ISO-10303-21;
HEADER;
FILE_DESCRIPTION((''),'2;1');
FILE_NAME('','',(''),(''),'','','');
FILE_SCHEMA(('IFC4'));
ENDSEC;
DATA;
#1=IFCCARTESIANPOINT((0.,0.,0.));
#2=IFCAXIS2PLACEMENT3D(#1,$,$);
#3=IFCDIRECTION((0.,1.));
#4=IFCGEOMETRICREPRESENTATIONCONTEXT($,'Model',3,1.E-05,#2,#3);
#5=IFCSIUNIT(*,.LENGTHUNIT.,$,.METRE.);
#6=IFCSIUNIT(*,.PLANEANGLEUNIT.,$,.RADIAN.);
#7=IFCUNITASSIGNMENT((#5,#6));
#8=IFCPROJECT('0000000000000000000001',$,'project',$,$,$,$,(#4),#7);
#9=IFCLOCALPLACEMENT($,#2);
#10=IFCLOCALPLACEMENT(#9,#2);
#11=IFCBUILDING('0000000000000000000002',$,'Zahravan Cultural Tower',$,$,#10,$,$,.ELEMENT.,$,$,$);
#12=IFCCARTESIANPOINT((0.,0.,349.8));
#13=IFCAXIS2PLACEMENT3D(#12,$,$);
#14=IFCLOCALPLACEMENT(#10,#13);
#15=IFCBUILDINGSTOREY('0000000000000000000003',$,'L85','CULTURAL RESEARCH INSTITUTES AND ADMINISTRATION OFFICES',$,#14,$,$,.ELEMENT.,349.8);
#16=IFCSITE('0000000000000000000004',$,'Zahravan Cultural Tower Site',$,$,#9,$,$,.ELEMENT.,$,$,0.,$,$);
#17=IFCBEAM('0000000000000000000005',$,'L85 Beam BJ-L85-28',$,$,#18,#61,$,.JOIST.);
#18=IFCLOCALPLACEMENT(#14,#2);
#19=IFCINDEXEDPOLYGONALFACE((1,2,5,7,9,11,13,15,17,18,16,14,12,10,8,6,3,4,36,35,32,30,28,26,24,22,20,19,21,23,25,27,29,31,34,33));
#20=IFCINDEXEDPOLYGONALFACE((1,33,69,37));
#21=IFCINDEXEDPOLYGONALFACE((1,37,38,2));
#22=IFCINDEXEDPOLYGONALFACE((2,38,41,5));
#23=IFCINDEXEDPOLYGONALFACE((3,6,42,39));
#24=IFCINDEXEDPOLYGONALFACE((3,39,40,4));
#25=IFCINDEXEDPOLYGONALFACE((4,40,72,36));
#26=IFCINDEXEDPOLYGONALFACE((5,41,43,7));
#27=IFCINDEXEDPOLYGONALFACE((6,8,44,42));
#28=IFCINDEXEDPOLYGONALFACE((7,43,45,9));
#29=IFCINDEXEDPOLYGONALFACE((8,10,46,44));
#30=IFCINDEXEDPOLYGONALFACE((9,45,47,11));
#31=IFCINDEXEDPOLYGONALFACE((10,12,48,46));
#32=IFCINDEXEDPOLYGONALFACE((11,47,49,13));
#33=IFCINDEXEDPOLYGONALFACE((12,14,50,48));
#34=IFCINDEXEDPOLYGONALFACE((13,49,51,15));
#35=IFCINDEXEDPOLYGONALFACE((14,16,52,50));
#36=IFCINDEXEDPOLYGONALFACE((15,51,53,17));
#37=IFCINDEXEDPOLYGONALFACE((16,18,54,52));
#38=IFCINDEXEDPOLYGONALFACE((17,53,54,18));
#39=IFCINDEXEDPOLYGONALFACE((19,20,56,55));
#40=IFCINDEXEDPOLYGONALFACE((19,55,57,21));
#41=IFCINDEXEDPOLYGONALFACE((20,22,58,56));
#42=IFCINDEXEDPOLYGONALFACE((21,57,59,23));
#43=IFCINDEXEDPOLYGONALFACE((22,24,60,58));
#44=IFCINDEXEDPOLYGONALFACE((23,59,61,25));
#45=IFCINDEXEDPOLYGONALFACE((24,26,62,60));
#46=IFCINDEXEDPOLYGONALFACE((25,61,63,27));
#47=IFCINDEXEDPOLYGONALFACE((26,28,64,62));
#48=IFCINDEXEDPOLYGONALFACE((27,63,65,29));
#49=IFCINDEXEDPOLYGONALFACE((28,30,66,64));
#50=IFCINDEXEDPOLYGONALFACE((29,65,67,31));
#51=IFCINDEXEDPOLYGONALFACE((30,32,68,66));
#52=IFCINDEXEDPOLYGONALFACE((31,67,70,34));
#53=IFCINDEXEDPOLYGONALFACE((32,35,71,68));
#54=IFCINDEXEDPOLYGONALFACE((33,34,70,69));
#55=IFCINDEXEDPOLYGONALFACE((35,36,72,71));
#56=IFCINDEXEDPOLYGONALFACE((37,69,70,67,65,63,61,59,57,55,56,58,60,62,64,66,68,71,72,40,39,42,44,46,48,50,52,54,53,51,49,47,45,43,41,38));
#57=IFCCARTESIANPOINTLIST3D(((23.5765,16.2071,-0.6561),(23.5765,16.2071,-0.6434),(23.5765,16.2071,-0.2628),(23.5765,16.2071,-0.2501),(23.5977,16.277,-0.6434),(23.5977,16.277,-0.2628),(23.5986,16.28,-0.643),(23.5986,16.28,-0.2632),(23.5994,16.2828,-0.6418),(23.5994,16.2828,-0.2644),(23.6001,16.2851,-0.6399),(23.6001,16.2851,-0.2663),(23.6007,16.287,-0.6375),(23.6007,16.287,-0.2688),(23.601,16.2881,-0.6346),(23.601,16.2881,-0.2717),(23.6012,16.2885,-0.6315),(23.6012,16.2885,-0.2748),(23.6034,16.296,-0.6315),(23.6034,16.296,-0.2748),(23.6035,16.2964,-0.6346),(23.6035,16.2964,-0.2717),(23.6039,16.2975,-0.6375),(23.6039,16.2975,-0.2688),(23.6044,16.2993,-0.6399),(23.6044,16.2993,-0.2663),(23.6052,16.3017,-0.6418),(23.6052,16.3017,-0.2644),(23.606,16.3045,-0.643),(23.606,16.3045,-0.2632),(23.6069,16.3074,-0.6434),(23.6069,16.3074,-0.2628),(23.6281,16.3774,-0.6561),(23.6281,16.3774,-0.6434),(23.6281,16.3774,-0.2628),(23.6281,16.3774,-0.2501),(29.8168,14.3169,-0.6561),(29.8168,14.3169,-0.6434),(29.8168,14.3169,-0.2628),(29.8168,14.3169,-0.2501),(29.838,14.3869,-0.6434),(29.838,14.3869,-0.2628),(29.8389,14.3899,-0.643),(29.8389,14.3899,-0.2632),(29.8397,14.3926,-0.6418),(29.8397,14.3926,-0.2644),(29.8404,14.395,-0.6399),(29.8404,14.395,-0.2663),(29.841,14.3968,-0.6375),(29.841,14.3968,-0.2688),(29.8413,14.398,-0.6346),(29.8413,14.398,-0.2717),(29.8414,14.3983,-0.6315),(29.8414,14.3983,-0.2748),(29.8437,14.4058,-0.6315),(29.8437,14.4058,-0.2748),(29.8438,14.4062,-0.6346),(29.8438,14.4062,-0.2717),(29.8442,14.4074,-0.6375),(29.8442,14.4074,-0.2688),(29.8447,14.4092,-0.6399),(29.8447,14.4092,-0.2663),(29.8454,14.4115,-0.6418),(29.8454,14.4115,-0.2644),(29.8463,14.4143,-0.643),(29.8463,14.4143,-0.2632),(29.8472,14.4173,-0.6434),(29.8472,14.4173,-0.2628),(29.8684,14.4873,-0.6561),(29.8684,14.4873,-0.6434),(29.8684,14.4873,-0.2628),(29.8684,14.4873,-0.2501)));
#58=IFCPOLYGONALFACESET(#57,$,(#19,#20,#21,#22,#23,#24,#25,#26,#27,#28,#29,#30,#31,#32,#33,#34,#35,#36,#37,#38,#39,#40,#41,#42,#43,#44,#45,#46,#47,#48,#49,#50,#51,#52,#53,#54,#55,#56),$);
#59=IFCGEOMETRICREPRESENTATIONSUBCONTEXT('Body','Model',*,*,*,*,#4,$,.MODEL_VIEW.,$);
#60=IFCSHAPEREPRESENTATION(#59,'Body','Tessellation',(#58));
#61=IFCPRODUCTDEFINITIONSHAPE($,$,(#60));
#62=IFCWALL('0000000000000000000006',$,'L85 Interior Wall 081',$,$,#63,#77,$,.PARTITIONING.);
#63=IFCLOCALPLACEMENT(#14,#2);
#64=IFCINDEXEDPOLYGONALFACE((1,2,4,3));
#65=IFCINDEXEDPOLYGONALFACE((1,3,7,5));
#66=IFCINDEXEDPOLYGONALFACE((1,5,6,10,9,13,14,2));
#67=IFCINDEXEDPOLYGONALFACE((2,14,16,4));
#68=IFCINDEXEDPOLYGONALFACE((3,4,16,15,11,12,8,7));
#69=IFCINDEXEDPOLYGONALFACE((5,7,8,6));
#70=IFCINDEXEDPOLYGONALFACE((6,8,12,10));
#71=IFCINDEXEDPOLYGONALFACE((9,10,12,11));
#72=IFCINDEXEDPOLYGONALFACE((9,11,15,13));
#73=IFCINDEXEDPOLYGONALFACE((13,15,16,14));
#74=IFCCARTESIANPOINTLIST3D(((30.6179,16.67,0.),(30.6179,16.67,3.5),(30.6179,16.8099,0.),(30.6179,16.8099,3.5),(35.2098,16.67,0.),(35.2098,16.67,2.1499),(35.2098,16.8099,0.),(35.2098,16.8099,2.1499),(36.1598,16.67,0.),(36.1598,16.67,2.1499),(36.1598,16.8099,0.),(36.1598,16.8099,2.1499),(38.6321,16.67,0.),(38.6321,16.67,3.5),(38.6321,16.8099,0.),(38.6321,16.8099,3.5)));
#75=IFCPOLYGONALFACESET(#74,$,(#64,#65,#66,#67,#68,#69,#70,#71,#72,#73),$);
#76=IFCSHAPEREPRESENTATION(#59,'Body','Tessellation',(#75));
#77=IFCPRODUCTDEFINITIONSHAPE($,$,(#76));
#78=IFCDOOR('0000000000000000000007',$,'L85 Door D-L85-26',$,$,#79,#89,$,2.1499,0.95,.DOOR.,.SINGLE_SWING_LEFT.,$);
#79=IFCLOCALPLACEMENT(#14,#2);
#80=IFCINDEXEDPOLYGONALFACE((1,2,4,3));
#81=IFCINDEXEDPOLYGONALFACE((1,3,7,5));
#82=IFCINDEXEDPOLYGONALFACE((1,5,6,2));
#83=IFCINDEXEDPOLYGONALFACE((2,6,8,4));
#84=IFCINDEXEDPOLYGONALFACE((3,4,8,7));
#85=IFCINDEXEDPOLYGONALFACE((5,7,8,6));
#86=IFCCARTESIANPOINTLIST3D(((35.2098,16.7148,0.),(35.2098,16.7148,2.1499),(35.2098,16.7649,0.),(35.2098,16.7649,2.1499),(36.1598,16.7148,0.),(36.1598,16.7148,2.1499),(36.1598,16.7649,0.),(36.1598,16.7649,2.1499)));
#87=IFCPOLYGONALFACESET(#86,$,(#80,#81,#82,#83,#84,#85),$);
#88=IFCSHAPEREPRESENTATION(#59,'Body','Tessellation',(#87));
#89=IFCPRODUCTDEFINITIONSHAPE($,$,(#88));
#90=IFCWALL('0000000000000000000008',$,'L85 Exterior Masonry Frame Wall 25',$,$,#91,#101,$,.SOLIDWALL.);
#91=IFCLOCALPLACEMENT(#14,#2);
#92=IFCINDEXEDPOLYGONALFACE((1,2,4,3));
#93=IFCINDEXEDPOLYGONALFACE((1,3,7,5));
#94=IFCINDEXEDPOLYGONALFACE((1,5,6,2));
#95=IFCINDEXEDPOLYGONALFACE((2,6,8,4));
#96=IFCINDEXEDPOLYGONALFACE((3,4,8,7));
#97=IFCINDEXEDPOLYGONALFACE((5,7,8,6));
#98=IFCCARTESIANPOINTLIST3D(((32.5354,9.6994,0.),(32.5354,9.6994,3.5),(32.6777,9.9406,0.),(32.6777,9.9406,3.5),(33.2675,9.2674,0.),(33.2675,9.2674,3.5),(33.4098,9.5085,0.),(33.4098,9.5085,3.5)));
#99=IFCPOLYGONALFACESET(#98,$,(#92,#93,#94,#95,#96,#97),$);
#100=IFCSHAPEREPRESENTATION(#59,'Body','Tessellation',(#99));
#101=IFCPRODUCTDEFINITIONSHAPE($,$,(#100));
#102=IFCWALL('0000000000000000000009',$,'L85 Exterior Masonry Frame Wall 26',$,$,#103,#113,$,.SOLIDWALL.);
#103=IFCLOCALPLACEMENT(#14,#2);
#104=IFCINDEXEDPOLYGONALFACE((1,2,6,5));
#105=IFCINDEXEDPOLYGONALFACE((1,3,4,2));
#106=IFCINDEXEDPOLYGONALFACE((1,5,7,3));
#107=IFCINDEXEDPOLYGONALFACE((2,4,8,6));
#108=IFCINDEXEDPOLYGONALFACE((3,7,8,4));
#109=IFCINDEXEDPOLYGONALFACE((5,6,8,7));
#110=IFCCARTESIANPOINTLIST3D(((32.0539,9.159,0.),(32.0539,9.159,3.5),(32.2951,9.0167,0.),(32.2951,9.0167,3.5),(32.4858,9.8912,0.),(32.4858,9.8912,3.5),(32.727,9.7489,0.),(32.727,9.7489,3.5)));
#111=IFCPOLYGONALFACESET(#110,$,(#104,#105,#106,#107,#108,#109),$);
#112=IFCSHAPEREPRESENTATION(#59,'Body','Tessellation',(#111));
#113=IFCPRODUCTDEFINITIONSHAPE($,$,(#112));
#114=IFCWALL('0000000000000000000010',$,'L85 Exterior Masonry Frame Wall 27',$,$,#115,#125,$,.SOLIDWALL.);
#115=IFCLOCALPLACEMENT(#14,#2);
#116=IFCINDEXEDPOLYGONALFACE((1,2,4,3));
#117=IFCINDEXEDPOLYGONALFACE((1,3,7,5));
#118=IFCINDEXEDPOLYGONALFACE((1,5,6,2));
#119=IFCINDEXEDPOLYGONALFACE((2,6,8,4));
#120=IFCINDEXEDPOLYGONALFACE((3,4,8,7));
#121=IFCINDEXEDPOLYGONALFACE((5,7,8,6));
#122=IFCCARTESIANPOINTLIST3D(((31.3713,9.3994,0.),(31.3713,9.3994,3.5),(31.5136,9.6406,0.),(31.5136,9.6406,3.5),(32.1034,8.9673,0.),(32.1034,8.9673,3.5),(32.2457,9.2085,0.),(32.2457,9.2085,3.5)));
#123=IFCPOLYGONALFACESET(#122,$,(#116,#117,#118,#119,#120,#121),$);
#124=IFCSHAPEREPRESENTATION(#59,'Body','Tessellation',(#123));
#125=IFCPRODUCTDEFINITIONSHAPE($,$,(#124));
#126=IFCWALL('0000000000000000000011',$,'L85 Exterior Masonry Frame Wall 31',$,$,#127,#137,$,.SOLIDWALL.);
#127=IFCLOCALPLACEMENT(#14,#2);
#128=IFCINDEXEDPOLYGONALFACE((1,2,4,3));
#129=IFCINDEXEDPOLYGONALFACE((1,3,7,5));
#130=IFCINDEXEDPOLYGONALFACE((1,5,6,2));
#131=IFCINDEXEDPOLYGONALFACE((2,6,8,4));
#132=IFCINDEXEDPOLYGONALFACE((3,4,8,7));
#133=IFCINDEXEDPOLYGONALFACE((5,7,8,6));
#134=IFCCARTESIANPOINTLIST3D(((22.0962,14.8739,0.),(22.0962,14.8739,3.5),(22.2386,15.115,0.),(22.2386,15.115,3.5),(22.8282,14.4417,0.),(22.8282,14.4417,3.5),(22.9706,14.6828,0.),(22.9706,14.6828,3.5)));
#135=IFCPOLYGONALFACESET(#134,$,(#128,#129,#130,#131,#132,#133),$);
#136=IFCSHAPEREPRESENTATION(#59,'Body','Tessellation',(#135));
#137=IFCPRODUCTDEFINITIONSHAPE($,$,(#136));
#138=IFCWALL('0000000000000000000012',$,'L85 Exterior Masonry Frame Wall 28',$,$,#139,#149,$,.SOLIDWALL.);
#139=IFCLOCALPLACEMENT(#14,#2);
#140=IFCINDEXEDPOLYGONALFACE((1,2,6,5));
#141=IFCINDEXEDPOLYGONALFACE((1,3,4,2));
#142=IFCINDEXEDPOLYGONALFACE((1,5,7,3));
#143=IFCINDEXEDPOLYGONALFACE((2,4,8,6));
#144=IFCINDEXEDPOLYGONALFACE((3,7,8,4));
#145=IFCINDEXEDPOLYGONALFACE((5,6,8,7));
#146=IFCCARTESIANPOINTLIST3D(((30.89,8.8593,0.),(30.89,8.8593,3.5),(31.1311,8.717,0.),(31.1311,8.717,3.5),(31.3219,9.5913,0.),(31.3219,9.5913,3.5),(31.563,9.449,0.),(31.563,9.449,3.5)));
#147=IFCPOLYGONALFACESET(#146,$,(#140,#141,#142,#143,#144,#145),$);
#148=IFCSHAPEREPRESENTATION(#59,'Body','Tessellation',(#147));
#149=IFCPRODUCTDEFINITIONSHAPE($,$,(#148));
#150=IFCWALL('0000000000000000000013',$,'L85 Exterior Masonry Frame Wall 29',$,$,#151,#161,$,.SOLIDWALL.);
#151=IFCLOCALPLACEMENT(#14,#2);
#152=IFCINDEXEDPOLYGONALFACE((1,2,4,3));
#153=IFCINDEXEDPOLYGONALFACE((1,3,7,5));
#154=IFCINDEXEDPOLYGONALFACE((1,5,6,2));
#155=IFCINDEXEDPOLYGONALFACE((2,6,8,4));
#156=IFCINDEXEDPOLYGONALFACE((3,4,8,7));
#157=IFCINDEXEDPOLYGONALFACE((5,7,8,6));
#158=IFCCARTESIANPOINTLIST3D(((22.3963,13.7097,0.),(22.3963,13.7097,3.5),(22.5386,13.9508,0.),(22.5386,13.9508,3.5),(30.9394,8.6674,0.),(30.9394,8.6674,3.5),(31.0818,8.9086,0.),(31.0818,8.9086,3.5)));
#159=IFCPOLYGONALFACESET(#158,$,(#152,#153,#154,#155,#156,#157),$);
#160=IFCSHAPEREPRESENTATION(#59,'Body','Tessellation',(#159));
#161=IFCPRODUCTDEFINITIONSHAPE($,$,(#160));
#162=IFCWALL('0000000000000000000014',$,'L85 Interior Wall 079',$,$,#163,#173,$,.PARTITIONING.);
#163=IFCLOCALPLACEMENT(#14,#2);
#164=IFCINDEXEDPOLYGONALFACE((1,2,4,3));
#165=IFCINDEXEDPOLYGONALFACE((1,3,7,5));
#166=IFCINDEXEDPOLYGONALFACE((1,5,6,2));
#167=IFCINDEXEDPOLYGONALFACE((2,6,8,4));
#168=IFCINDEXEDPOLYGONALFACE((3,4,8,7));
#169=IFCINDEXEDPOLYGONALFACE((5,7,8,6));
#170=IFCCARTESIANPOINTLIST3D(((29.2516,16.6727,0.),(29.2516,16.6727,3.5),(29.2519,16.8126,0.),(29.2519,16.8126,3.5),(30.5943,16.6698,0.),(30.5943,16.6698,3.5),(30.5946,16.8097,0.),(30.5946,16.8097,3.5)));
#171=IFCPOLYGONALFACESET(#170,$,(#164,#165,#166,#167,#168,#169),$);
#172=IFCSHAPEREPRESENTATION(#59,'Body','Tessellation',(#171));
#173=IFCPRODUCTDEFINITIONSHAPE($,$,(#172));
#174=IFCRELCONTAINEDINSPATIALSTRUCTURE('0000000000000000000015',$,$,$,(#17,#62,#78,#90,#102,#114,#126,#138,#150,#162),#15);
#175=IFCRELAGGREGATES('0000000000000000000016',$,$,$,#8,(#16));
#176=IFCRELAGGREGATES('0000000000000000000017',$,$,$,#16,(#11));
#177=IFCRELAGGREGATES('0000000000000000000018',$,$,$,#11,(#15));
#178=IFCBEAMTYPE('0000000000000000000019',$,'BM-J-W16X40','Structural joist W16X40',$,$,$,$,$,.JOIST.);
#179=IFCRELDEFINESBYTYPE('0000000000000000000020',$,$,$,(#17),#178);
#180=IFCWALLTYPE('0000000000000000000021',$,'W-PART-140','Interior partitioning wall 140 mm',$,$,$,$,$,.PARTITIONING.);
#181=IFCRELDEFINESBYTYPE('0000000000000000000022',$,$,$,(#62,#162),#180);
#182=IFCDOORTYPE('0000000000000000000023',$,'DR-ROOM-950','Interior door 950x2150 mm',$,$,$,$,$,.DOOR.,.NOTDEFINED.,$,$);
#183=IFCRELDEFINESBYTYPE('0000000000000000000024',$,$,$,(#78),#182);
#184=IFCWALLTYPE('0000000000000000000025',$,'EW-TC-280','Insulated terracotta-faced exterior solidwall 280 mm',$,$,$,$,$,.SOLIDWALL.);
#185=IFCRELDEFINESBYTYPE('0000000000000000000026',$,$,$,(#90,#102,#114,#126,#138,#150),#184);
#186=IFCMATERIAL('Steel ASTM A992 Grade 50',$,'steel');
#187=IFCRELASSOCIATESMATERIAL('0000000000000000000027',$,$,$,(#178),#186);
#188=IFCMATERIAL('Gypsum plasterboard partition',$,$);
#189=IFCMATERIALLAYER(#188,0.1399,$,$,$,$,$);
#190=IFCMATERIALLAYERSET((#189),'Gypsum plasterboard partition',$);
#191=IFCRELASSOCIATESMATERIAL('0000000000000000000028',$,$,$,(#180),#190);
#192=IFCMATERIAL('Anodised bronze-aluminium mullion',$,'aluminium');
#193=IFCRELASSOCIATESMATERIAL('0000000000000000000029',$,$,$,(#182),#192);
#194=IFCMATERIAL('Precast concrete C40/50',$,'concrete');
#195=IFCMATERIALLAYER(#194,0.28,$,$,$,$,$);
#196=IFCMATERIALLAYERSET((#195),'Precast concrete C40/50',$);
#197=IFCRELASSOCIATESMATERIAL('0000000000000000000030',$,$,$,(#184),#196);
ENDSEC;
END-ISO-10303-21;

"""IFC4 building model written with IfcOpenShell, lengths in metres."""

from ifc_helpers import new_model, si_unit, direction, frame, frame_2d, origin, origin_2d, place, context, subcontext, project, spatial, rectangle, i_section, extrude, source, transform, mapped, material, layer, layer_set, material_profile, profile_set, type_object, element, fill, save


model = new_model("IFC4")

# Units and contexts
model_context = context("Model", 3, precision=1e-05, world=origin(), true_north=direction((0.0, 1.0)))
body_context = subcontext(model_context, "Body", "Model", "MODEL_VIEW")
ifc_project = project(units=[si_unit("LENGTHUNIT", "METRE"), si_unit("PLANEANGLEUNIT", "RADIAN")], contexts=[model_context])

# Site, building, storey
site_placement = place(None, origin())
site = spatial("IfcSite", under=ifc_project, at=site_placement, Name="Zahravan Cultural Tower Site", CompositionType="ELEMENT", RefElevation=0.0)
building_placement = place(site_placement, origin())
building = spatial("IfcBuilding", under=site, at=building_placement, Name="Zahravan Cultural Tower", CompositionType="ELEMENT")
storey_placement = place(building_placement, frame((0.0, 0.0, 349.8)))
storey = spatial("IfcBuildingStorey", under=building, at=storey_placement, Name="L85", Description="CULTURAL RESEARCH INSTITUTES AND ADMINISTRATION OFFICES", CompositionType="ELEMENT", Elevation=349.8)

# Shared definitions
ifc_material_1 = material(Name="Steel ASTM A992 Grade 50", Category="steel")

# Beam
ifc_material_profile_1 = material_profile(ifc_material_1, i_section(OverallWidth=0.178, OverallDepth=0.406, WebThickness=0.0078, FlangeThickness=0.0127, FilletRadius=0.012, at=origin_2d()), Name="W16X40")
ifc_profile_set_1 = profile_set([ifc_material_profile_1], Name="Steel ASTM A992 Grade 50")
beam_type_1 = type_object("IfcBeamType", Name="BM-J-W16X40", Description="Structural joist W16X40", PredefinedType="JOIST", material=ifc_profile_set_1)
shared_shape_1 = source(origin(), body_context, "Body", "SweptSolid", [
    extrude(i_section(OverallWidth=0.178, OverallDepth=0.406, WebThickness=0.0078, FlangeThickness=0.0127, FilletRadius=0.012, at=origin_2d()), origin(), (0.0, 0.0, 1.0), 6.5203),
])
beam_1_placement = place(storey_placement, frame((23.6023, 16.2922, -0.4531), z_axis=(0.95706, -0.289889, 0.0), x_axis=(0.289889, 0.95706, 0.0)))
element("IfcBeam", 1, at=beam_1_placement, inside=storey, type_object=beam_type_1, Name="L85 Beam BJ-L85-28", PredefinedType="JOIST", context=body_context, shape_type="MappedRepresentation", body=[
    mapped(shared_shape_1, transform((0.0, 0.0, 0.0), x_axis=(1.0, 0.0, 0.0), y_axis=(0.0, 1.0, 0.0), z_axis=(0.0, 0.0, 1.0), scale=1.0)),
])

# Wall, opening, door
ifc_material_2 = material(Name="Gypsum plasterboard partition")
ifc_layer_1 = layer(ifc_material_2, 0.1399)
ifc_layer_set_1 = layer_set([ifc_layer_1], Name="Gypsum plasterboard partition")
wall_type_1 = type_object("IfcWallType", Name="W-PART-140", Description="Interior partitioning wall 140 mm", PredefinedType="PARTITIONING", material=ifc_layer_set_1)
wall_1_placement = place(storey_placement, frame((30.6179, 16.74, 0.0), z_axis=(0.0, 0.0, 1.0), x_axis=(1.0, 0.0, 0.0)))
wall_1 = element("IfcWall", 2, at=wall_1_placement, inside=storey, type_object=wall_type_1, Name="L85 Interior Wall 081", PredefinedType="PARTITIONING", context=body_context, shape_type="SweptSolid", body=[
    extrude(rectangle(XDim=8.0142, YDim=0.1399, at=frame_2d((4.0071, 0.0))), origin(), (0.0, 0.0, 1.0), 3.5),
])
opening_placement = place(wall_1_placement, frame((4.5918, 0.0, 0.0)))
opening = element("IfcOpeningElement", 3, at=opening_placement, cuts=wall_1, PredefinedType="OPENING", context=body_context, shape_type="SweptSolid", body=[
    extrude(rectangle(XDim=0.95, YDim=2.1499, at=frame_2d((0.4751, 1.075))), frame((0.0, 0.0798, 0.0), z_axis=(0.0, -1.0, 0.0), x_axis=(1.0, 0.0, 0.0)), (0.0, 0.0, 1.0), 0.1599),
])
ifc_material_3 = material(Name="Anodised bronze-aluminium mullion", Category="aluminium")
door_type = type_object("IfcDoorType", Name="DR-ROOM-950", Description="Interior door 950x2150 mm", OperationType="NOTDEFINED", PredefinedType="DOOR", material=ifc_material_3)
shared_shape_2 = source(origin(), body_context, "Body", "SweptSolid", [
    extrude(rectangle(XDim=0.95, YDim=2.1499, at=frame_2d((0.4751, 1.075))), frame((0.0, 0.0249, 0.0), z_axis=(0.0, -1.0, 0.0), x_axis=(1.0, 0.0, 0.0)), (0.0, 0.0, 1.0), 0.05),
])
door_placement = place(opening_placement, origin())
door = element("IfcDoor", 4, at=door_placement, inside=storey, type_object=door_type, Name="L85 Door D-L85-26", OperationType="SINGLE_SWING_LEFT", OverallHeight=2.1499, OverallWidth=0.95, PredefinedType="DOOR", context=body_context, shape_type="MappedRepresentation", body=[
    mapped(shared_shape_2, transform((0.0, 0.0, 0.0), x_axis=(1.0, 0.0, 0.0), y_axis=(0.0, 1.0, 0.0), z_axis=(0.0, 0.0, 1.0), scale=1.0)),
])
fill(opening, door)

# Walls
ifc_material_4 = material(Name="Precast concrete C40/50", Category="concrete")
ifc_layer_2 = layer(ifc_material_4, 0.28)
ifc_layer_set_2 = layer_set([ifc_layer_2], Name="Precast concrete C40/50")
wall_type_2 = type_object("IfcWallType", Name="EW-TC-280", Description="Insulated terracotta-faced exterior solidwall 280 mm", PredefinedType="SOLIDWALL", material=ifc_layer_set_2)
shared_shape_3 = source(origin(), body_context, "Body", "SweptSolid", [
    extrude(rectangle(XDim=0.8501, YDim=0.28, at=frame_2d((0.425, 0.0))), origin(), (0.0, 0.0, 1.0), 3.5),
])
for number, where, z_axis, x_axis, name in (
    (5, (33.3386, 9.3879, 0.0), (0.0, 0.0, 1.0), (-0.861195, 0.508275, 0.0), "L85 Exterior Masonry Frame Wall 25"),
    (6, (32.6064, 9.8201, 0.0), (0.0, 0.0, 1.0), (-0.508062, -0.861321, 0.0), "L85 Exterior Masonry Frame Wall 26"),
    (7, (32.1746, 9.0879, 0.0), (0.0, 0.0, 1.0), (-0.861195, 0.508275, 0.0), "L85 Exterior Masonry Frame Wall 27"),
    (8, (22.8994, 14.5623, 0.0), (0.0, 0.0, 1.0), (-0.861121, 0.5084, 0.0), "L85 Exterior Masonry Frame Wall 31"),
):
    element("IfcWall", number, at=place(storey_placement, frame(where, z_axis=z_axis, x_axis=x_axis)), inside=storey, type_object=wall_type_2, Name=name, PredefinedType="SOLIDWALL", context=body_context, shape_type="MappedRepresentation", body=[
        mapped(shared_shape_3, transform((0.0, 0.0, 0.0), x_axis=(1.0, 0.0, 0.0), y_axis=(0.0, 1.0, 0.0), z_axis=(0.0, 0.0, 1.0), scale=1.0)),
    ])
shared_shape_4 = source(origin(), body_context, "Body", "SweptSolid", [
    extrude(rectangle(XDim=0.8499, YDim=0.28, at=frame_2d((0.4248, 0.0))), origin(), (0.0, 0.0, 1.0), 3.5),
])
wall_2_placement = place(storey_placement, frame((31.4424, 9.52, 0.0), z_axis=(0.0, 0.0, 1.0), x_axis=(-0.508187, -0.861247, 0.0)))
element("IfcWall", 9, at=wall_2_placement, inside=storey, type_object=wall_type_2, Name="L85 Exterior Masonry Frame Wall 28", PredefinedType="SOLIDWALL", context=body_context, shape_type="MappedRepresentation", body=[
    mapped(shared_shape_4, transform((0.0, 0.0, 0.0), x_axis=(1.0, 0.0, 0.0), y_axis=(0.0, 1.0, 0.0), z_axis=(0.0, 0.0, 1.0), scale=1.0)),
])
shared_shape_5 = source(origin(), body_context, "Body", "SweptSolid", [
    extrude(rectangle(XDim=9.9202, YDim=0.28, at=frame_2d((4.96, 0.0))), origin(), (0.0, 0.0, 1.0), 3.5),
])
wall_3_placement = place(storey_placement, frame((31.0105, 8.7881, 0.0), z_axis=(0.0, 0.0, 1.0), x_axis=(-0.861192, 0.508279, 0.0)))
element("IfcWall", 10, at=wall_3_placement, inside=storey, type_object=wall_type_2, Name="L85 Exterior Masonry Frame Wall 29", PredefinedType="SOLIDWALL", context=body_context, shape_type="MappedRepresentation", body=[
    mapped(shared_shape_5, transform((0.0, 0.0, 0.0), x_axis=(1.0, 0.0, 0.0), y_axis=(0.0, 1.0, 0.0), z_axis=(0.0, 0.0, 1.0), scale=1.0)),
])
shared_shape_6 = source(origin(), body_context, "Body", "SweptSolid", [
    extrude(rectangle(XDim=1.3428, YDim=0.1399, at=frame_2d((0.6714, 0.0))), origin(), (0.0, 0.0, 1.0), 3.5),
])
wall_4_placement = place(storey_placement, frame((29.2517, 16.7427, 0.0), z_axis=(0.0, 0.0, 1.0), x_axis=(0.999998, -0.002182, 0.0)))
element("IfcWall", 11, at=wall_4_placement, inside=storey, type_object=wall_type_1, Name="L85 Interior Wall 079", PredefinedType="PARTITIONING", context=body_context, shape_type="MappedRepresentation", body=[
    mapped(shared_shape_6, transform((0.0, 0.0, 0.0), x_axis=(1.0, 0.0, 0.0), y_axis=(0.0, 1.0, 0.0), z_axis=(0.0, 0.0, 1.0), scale=1.0)),
])

save(model, "model.ifc")
